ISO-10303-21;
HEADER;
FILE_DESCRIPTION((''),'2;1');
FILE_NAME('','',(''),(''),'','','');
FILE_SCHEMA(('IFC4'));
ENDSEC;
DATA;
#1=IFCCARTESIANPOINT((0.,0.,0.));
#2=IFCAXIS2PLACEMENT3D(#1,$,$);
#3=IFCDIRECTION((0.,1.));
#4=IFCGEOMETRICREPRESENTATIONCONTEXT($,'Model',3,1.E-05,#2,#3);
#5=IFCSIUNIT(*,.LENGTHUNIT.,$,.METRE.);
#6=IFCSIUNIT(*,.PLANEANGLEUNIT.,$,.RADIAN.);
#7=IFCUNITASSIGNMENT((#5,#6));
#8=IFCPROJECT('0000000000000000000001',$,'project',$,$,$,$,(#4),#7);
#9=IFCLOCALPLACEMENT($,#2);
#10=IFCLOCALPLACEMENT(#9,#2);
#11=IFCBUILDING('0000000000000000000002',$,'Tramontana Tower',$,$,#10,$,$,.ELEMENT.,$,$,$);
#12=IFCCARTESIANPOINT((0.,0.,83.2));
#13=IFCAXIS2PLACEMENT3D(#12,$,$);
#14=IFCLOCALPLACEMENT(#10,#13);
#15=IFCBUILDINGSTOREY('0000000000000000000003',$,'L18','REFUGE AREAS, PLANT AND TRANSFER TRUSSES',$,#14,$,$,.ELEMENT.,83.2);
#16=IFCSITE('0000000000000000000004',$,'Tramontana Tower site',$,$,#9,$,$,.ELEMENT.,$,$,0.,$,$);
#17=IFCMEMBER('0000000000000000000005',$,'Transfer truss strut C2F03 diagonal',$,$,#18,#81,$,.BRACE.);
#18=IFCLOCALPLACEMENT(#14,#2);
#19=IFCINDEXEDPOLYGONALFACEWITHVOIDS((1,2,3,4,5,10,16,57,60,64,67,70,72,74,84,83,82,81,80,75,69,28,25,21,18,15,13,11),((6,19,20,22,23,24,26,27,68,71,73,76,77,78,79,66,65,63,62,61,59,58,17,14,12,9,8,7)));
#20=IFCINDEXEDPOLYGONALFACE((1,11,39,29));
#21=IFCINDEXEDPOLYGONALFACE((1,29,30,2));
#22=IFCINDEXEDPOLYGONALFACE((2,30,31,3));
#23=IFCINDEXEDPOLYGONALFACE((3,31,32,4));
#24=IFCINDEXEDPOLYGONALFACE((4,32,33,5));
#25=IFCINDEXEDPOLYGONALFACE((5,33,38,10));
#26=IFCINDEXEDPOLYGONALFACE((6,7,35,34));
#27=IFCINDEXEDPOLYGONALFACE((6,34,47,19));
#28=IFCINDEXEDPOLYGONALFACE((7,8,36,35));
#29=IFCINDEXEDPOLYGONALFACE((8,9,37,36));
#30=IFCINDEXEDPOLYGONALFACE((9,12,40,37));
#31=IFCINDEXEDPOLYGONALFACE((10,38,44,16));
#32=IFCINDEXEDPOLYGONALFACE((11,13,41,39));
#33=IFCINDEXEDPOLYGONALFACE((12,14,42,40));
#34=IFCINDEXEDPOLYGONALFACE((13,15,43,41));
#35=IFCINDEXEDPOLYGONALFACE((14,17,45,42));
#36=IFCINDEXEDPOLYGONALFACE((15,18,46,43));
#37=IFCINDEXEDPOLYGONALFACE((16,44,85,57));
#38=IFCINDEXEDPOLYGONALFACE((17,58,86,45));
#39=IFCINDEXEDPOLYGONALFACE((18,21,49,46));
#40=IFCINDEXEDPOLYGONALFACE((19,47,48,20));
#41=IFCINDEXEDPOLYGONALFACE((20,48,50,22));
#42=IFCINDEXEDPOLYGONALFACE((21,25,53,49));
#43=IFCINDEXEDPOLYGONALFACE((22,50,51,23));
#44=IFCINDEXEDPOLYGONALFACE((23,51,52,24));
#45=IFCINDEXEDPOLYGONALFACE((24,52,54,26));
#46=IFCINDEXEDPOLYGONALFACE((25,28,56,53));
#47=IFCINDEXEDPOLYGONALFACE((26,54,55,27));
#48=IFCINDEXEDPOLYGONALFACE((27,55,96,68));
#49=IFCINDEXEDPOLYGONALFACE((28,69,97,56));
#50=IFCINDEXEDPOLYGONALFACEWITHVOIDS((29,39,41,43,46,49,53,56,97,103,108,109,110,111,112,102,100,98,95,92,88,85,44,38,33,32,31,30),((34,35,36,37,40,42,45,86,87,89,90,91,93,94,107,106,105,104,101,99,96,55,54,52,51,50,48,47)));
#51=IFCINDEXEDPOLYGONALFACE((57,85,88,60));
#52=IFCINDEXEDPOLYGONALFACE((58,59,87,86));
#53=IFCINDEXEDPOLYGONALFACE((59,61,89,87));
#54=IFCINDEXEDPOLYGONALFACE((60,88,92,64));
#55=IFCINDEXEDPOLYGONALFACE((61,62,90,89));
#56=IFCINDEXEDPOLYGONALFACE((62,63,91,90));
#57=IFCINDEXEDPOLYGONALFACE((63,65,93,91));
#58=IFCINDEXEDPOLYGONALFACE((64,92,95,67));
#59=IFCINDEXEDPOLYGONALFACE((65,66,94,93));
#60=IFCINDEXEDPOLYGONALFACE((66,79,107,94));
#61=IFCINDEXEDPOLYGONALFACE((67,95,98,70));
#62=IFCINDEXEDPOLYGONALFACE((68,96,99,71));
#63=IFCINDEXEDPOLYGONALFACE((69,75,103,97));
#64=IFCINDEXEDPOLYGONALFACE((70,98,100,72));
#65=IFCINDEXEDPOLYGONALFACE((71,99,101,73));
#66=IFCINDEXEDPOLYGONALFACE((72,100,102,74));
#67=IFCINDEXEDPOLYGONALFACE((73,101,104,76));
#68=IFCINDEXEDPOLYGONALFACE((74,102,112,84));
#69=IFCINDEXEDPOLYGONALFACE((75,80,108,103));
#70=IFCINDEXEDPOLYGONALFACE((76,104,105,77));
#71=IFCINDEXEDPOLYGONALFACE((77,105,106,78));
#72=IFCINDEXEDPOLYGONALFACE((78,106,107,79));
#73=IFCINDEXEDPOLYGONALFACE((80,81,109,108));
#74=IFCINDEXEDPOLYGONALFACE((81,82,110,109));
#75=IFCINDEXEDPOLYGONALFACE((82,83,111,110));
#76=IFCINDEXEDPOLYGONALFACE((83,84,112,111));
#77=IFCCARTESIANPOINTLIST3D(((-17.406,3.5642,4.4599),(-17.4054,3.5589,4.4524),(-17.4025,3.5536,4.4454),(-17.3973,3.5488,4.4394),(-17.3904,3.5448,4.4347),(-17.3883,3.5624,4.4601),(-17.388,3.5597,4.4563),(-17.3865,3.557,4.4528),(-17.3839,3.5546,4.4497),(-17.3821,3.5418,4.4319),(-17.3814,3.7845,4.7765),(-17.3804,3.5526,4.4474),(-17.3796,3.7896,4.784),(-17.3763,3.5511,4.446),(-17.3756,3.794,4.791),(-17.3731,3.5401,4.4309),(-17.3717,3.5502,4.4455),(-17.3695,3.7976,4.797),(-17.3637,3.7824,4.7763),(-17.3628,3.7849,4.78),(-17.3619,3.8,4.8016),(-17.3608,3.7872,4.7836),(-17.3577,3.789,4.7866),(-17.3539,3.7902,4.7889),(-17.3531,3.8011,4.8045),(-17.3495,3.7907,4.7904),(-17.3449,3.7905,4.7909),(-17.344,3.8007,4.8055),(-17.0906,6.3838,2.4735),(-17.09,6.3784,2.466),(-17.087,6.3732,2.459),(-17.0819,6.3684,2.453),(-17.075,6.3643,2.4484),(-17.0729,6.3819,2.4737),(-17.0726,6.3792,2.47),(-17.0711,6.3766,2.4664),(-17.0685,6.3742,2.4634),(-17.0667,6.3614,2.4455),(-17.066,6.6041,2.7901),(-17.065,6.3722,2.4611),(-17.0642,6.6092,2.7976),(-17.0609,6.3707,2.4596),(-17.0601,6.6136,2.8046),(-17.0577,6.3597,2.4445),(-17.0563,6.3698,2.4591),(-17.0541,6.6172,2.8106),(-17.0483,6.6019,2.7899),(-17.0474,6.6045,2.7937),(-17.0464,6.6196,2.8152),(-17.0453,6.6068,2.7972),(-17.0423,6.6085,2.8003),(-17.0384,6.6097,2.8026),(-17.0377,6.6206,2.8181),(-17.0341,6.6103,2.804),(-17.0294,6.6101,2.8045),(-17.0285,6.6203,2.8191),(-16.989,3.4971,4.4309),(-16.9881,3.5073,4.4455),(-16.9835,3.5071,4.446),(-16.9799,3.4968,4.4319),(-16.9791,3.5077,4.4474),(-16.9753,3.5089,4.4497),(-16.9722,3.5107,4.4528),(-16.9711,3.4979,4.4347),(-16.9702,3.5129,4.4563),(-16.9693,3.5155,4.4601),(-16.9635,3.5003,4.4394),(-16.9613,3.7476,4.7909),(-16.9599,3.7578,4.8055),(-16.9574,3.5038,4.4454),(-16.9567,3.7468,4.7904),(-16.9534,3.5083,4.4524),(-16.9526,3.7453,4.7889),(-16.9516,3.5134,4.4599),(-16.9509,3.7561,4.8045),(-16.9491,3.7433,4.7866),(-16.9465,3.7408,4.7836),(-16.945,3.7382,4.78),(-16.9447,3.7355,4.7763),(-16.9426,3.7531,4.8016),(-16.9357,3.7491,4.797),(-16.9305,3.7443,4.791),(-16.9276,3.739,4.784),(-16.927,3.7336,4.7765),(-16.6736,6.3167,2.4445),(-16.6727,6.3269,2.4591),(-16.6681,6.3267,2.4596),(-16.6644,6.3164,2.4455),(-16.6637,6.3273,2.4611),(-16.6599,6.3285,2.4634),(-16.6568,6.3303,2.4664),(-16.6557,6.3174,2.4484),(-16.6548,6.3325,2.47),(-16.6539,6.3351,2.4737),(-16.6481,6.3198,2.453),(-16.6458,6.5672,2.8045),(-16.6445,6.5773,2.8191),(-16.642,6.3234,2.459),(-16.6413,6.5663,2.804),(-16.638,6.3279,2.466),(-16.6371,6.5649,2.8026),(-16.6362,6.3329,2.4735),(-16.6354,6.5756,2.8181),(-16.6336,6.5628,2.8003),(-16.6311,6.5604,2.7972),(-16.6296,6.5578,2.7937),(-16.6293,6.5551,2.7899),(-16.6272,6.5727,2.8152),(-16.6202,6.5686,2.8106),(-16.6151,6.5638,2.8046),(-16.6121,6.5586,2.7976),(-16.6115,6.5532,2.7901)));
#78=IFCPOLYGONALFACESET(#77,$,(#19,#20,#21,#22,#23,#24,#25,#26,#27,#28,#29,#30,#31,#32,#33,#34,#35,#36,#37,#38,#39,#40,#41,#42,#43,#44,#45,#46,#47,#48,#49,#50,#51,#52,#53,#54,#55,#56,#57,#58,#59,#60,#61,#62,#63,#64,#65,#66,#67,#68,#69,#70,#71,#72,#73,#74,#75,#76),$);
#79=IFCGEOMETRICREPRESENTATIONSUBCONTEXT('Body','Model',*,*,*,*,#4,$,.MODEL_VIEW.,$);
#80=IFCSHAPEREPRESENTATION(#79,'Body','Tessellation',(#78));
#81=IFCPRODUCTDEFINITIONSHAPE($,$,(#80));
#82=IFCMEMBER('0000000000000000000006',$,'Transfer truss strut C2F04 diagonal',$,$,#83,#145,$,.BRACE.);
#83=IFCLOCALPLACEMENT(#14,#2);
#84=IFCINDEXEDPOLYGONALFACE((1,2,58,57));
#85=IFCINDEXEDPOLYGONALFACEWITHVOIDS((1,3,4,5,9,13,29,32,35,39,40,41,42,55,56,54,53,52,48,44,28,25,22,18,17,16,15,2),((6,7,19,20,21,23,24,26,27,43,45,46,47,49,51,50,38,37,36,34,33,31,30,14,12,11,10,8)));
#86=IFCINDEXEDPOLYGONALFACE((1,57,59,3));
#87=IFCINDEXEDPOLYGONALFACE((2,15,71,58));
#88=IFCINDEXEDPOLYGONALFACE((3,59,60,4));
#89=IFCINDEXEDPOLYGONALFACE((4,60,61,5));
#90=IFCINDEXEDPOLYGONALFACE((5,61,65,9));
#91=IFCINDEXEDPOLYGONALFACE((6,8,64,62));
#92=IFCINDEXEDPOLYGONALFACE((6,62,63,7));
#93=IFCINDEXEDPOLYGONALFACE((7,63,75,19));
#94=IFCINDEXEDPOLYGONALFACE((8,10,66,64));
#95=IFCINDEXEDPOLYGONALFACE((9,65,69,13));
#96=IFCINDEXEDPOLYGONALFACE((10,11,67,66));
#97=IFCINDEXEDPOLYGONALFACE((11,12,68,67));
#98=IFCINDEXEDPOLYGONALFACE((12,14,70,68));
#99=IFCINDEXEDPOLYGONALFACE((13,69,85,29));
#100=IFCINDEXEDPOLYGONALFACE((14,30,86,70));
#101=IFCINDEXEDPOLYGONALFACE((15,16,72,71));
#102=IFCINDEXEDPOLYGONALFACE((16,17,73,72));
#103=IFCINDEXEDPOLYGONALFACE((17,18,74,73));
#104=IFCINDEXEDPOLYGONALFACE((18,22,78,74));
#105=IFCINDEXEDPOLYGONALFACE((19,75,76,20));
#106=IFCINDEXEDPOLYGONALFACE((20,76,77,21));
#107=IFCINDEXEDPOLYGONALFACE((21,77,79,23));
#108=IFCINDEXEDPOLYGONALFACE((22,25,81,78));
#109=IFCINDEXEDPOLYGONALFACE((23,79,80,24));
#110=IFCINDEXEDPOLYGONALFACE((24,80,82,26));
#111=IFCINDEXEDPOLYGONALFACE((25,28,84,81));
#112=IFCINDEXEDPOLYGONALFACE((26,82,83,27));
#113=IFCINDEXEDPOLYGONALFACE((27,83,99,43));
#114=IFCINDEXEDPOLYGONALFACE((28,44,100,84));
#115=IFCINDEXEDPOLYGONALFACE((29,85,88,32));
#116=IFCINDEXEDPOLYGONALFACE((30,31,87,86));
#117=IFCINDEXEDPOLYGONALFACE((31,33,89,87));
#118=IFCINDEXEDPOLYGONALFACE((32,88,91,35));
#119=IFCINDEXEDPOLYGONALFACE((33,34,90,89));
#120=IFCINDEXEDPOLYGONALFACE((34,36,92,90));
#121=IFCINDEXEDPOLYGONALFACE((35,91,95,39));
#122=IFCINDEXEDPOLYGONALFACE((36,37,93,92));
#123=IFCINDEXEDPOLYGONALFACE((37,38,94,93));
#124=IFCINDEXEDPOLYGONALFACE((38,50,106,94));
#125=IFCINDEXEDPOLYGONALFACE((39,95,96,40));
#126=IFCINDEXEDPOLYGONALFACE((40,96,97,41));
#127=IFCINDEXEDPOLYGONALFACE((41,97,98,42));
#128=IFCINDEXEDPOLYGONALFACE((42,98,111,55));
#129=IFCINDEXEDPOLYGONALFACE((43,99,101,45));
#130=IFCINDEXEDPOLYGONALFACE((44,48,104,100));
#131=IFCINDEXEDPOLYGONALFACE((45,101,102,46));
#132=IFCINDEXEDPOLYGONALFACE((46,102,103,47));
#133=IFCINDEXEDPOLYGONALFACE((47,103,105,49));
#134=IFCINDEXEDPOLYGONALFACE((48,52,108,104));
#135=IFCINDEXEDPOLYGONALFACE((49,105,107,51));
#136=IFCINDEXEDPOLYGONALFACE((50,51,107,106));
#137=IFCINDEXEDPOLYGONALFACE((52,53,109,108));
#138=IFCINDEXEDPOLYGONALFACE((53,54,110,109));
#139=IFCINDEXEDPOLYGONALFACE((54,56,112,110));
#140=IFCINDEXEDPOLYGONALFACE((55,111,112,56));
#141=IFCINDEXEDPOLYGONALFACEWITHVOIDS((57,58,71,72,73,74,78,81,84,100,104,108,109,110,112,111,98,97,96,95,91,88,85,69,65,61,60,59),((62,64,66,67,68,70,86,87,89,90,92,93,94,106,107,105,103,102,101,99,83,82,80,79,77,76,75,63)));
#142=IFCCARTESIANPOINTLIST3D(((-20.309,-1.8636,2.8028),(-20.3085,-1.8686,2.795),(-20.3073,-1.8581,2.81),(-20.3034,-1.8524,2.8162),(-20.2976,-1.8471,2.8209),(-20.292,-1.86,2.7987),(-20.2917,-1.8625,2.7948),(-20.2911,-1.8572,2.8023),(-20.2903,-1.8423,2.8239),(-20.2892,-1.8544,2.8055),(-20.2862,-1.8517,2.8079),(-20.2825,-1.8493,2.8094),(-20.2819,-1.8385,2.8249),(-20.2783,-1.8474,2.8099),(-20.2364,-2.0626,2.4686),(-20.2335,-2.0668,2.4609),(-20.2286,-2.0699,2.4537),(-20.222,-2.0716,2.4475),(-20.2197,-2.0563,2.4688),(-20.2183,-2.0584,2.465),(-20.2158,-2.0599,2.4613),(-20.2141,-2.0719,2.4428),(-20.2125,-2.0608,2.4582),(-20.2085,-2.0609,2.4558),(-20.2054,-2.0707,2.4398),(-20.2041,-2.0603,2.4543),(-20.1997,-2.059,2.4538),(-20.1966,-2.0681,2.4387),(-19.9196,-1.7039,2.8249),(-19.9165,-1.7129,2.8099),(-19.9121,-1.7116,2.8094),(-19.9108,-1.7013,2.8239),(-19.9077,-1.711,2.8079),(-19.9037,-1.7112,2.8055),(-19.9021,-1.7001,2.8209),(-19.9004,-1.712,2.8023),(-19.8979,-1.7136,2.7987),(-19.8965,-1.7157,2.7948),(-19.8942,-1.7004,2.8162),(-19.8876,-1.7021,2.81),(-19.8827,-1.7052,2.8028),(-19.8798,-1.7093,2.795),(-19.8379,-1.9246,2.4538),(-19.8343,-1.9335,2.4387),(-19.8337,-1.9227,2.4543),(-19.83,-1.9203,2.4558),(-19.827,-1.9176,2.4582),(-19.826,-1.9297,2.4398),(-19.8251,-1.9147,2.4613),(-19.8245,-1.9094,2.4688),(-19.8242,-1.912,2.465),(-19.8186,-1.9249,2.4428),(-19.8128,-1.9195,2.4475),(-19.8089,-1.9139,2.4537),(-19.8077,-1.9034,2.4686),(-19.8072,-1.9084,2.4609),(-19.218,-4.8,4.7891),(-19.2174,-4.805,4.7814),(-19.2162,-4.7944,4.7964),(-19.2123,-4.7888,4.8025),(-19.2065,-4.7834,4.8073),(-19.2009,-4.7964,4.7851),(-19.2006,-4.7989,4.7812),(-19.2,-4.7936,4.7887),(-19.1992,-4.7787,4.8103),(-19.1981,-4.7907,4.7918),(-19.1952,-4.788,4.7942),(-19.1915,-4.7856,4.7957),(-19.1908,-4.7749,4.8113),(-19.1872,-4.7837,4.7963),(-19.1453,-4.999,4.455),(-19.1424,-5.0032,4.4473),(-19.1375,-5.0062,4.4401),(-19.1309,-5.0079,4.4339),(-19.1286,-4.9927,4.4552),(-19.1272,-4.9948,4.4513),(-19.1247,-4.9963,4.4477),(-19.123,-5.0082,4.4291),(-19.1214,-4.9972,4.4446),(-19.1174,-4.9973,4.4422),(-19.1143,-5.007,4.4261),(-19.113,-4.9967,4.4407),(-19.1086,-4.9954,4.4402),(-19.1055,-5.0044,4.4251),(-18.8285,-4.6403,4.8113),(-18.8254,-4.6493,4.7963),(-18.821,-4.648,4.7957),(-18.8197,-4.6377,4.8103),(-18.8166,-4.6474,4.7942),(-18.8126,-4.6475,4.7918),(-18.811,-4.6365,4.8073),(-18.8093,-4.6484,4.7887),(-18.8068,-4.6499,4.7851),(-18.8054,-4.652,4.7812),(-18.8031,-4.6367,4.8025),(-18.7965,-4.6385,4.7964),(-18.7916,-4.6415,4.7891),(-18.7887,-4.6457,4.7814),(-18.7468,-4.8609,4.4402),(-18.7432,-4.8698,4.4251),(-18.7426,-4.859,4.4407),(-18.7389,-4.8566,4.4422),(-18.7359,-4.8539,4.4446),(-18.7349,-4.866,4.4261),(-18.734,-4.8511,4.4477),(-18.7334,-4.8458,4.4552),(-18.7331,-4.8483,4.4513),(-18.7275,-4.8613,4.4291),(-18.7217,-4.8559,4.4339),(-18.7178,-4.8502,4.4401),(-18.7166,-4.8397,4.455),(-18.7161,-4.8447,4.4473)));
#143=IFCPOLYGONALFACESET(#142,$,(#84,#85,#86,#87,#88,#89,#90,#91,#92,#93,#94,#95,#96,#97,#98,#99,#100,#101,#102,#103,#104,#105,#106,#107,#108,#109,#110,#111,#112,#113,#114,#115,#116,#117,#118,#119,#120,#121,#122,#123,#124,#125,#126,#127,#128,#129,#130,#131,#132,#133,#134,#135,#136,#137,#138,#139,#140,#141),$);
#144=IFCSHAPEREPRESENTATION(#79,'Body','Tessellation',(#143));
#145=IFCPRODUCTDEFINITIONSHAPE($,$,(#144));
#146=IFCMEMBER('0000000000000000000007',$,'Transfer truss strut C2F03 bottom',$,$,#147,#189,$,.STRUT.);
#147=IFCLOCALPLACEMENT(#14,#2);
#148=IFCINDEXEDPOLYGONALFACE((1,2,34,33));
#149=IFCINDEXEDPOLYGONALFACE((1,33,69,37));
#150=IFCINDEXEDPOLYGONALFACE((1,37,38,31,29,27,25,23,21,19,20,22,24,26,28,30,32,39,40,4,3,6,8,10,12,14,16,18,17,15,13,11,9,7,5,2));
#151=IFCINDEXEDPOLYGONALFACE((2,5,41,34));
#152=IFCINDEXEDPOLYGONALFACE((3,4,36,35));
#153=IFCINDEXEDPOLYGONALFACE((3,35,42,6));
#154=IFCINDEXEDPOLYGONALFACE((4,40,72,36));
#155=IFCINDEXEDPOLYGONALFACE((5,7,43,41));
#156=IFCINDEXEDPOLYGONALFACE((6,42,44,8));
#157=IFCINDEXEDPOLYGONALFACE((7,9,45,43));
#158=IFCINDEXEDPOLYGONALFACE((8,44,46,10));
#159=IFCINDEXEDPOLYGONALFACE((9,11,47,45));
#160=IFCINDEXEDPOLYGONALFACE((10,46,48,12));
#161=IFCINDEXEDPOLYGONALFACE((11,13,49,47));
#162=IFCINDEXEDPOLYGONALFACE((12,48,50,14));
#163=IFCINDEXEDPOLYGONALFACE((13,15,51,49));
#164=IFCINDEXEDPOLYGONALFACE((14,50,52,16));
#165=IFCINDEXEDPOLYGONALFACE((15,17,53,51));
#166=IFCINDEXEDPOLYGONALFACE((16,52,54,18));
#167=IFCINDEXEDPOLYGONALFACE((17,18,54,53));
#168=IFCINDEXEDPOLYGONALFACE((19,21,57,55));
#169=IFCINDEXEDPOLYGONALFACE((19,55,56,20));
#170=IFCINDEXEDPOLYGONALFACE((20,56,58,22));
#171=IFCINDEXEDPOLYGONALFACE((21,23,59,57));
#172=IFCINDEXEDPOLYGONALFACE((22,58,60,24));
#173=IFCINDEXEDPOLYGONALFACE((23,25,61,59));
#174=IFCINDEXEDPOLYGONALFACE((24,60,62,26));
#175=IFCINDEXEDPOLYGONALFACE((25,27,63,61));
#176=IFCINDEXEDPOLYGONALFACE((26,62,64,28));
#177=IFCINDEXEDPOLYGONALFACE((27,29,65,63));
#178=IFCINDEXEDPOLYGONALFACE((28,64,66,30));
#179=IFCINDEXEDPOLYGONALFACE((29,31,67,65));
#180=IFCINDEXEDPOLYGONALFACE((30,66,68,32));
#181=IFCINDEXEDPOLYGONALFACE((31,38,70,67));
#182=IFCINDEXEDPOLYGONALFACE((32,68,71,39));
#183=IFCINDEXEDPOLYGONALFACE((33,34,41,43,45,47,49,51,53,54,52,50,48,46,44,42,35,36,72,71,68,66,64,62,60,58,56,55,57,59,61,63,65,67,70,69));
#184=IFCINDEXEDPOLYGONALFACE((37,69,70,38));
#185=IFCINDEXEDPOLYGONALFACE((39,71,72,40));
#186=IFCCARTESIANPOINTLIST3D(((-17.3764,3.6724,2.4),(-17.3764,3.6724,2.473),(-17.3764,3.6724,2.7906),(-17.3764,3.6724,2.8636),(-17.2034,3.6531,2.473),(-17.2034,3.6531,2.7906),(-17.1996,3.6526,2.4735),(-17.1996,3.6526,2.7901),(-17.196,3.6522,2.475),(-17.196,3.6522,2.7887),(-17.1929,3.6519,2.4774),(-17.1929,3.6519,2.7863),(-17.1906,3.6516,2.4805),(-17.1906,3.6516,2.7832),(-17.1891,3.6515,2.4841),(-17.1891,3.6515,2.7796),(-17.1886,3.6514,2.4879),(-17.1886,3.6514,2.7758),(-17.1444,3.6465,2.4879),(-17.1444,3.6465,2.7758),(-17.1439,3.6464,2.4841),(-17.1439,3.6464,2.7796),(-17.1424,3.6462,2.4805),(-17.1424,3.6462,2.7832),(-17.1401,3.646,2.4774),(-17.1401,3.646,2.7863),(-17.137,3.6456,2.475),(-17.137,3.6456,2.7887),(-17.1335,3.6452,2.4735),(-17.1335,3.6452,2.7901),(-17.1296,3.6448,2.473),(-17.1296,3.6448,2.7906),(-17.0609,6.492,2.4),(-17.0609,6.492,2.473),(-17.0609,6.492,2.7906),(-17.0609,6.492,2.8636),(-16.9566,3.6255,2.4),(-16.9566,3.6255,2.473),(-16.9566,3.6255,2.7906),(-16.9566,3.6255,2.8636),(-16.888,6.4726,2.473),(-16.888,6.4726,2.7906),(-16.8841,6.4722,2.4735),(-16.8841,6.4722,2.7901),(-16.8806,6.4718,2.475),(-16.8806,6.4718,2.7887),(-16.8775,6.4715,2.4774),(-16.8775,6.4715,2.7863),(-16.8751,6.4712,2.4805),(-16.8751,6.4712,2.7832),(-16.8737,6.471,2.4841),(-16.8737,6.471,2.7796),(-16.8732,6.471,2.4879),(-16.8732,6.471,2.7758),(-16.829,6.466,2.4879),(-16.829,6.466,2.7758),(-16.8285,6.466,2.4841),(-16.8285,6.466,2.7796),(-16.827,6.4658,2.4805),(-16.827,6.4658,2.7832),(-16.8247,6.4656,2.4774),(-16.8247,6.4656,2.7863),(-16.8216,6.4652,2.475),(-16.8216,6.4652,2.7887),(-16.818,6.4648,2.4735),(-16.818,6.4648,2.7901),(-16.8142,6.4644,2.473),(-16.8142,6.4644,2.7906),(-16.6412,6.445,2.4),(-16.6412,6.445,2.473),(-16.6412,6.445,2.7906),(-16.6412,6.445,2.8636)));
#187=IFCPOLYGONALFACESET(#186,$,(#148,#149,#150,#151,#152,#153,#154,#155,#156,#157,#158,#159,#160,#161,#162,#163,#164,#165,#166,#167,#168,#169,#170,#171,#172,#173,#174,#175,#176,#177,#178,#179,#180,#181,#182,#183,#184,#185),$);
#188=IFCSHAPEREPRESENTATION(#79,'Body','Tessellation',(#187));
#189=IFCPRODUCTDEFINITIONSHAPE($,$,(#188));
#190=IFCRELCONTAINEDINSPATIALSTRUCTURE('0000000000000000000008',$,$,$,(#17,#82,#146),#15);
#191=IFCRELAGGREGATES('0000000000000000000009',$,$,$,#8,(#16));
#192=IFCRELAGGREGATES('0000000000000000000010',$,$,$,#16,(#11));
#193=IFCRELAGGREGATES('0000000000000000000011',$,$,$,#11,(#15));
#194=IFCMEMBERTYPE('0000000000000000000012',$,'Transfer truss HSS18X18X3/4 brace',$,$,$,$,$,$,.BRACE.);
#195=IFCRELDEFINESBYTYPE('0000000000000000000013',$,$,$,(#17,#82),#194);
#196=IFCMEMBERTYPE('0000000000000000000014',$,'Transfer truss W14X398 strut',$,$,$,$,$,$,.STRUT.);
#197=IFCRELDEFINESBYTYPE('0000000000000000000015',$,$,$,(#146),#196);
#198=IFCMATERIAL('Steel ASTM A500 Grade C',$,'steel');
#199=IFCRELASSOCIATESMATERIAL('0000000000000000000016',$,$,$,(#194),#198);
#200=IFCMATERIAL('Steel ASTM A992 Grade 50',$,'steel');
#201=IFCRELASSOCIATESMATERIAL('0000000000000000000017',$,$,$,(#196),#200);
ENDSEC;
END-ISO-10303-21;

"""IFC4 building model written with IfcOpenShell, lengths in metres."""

from ifc_helpers import new_model, si_unit, direction, frame, origin, origin_2d, place, context, subcontext, project, spatial, hollow_rectangle, i_section, extrude, material, material_profile, profile_set, type_object, element, save


model = new_model("IFC4")

# Units and contexts
model_context = context("Model", 3, precision=1e-05, world=origin(), true_north=direction((0.0, 1.0)))
body_context = subcontext(model_context, "Body", "Model", "MODEL_VIEW")
ifc_project = project(units=[si_unit("LENGTHUNIT", "METRE"), si_unit("PLANEANGLEUNIT", "RADIAN")], contexts=[model_context])

# Site, building, storey
site_placement = place(None, origin())
site = spatial("IfcSite", under=ifc_project, at=site_placement, Name="Tramontana Tower site", CompositionType="ELEMENT", RefElevation=0.0)
building_placement = place(site_placement, origin())
building = spatial("IfcBuilding", under=site, at=building_placement, Name="Tramontana Tower", CompositionType="ELEMENT")
storey_placement = place(building_placement, frame((0.0, 0.0, 83.2)))
storey = spatial("IfcBuildingStorey", under=building, at=storey_placement, Name="L18", Description="REFUGE AREAS, PLANT AND TRANSFER TRUSSES", CompositionType="ELEMENT", Elevation=83.2)

# Members
ifc_material_1 = material(Name="Steel ASTM A500 Grade C", Category="steel")
ifc_material_profile_1 = material_profile(ifc_material_1, hollow_rectangle(XDim=0.4573, YDim=0.4573, WallThickness=0.0178, InnerFilletRadius=0.0178, OuterFilletRadius=0.0354, at=origin_2d()), Name="HSS18X18X3/4")
ifc_profile_set_1 = profile_set([ifc_material_profile_1], Name="Steel ASTM A500 Grade C")
member_type_1 = type_object("IfcMemberType", Name="Transfer truss HSS18X18X3/4 brace", PredefinedType="BRACE", material=ifc_profile_set_1)
member_1_placement = place(storey_placement, frame((-16.8511, 6.4685, 2.6318), z_axis=(-0.091076, -0.814111, 0.573522), x_axis=(0.993801, -0.111178, 0.0)))
element("IfcMember", 1, at=member_1_placement, inside=storey, type_object=member_type_1, Name="Transfer truss strut C2F03 diagonal", PredefinedType="BRACE", context=body_context, shape_type="SweptSolid", body=[
    extrude(hollow_rectangle(XDim=0.4573, YDim=0.4573, WallThickness=0.0178, InnerFilletRadius=0.0178, OuterFilletRadius=0.0354, at=origin_2d()), origin(), (0.0, 0.0, 1.0), 3.4634),
])
member_2_placement = place(storey_placement, frame((-20.0581, -1.886, 2.6318), z_axis=(0.294156, -0.791635, 0.535524), x_axis=(0.937379, 0.348312, 0.0)))
element("IfcMember", 2, at=member_2_placement, inside=storey, type_object=member_type_1, Name="Transfer truss strut C2F04 diagonal", PredefinedType="BRACE", context=body_context, shape_type="SweptSolid", body=[
    extrude(hollow_rectangle(XDim=0.4573, YDim=0.4573, WallThickness=0.0178, InnerFilletRadius=0.0178, OuterFilletRadius=0.0354, at=origin_2d()), origin(), (0.0, 0.0, 1.0), 3.7092),
])
ifc_material_2 = material(Name="Steel ASTM A992 Grade 50", Category="steel")
ifc_material_profile_2 = material_profile(ifc_material_2, i_section(OverallWidth=0.4224, OverallDepth=0.4636, WebThickness=0.0444, FlangeThickness=0.073, FilletRadius=0.0149, at=origin_2d()), Name="W14X398")
ifc_profile_set_2 = profile_set([ifc_material_profile_2], Name="Steel ASTM A992 Grade 50")
member_type_2 = type_object("IfcMemberType", Name="Transfer truss W14X398 strut", PredefinedType="STRUT", material=ifc_profile_set_2)
member_3_placement = place(storey_placement, frame((-16.8511, 6.4685, 2.6318), z_axis=(-0.111178, -0.993801, 0.0), x_axis=(0.993801, -0.111178, 0.0)))
element("IfcMember", 3, at=member_3_placement, inside=storey, type_object=member_type_2, Name="Transfer truss strut C2F03 bottom", PredefinedType="STRUT", context=body_context, shape_type="SweptSolid", body=[
    extrude(i_section(OverallWidth=0.4224, OverallDepth=0.4636, WebThickness=0.0444, FlangeThickness=0.073, FilletRadius=0.0149, at=origin_2d()), origin(), (0.0, 0.0, 1.0), 2.8372),
])

save(model, "model.ifc")
